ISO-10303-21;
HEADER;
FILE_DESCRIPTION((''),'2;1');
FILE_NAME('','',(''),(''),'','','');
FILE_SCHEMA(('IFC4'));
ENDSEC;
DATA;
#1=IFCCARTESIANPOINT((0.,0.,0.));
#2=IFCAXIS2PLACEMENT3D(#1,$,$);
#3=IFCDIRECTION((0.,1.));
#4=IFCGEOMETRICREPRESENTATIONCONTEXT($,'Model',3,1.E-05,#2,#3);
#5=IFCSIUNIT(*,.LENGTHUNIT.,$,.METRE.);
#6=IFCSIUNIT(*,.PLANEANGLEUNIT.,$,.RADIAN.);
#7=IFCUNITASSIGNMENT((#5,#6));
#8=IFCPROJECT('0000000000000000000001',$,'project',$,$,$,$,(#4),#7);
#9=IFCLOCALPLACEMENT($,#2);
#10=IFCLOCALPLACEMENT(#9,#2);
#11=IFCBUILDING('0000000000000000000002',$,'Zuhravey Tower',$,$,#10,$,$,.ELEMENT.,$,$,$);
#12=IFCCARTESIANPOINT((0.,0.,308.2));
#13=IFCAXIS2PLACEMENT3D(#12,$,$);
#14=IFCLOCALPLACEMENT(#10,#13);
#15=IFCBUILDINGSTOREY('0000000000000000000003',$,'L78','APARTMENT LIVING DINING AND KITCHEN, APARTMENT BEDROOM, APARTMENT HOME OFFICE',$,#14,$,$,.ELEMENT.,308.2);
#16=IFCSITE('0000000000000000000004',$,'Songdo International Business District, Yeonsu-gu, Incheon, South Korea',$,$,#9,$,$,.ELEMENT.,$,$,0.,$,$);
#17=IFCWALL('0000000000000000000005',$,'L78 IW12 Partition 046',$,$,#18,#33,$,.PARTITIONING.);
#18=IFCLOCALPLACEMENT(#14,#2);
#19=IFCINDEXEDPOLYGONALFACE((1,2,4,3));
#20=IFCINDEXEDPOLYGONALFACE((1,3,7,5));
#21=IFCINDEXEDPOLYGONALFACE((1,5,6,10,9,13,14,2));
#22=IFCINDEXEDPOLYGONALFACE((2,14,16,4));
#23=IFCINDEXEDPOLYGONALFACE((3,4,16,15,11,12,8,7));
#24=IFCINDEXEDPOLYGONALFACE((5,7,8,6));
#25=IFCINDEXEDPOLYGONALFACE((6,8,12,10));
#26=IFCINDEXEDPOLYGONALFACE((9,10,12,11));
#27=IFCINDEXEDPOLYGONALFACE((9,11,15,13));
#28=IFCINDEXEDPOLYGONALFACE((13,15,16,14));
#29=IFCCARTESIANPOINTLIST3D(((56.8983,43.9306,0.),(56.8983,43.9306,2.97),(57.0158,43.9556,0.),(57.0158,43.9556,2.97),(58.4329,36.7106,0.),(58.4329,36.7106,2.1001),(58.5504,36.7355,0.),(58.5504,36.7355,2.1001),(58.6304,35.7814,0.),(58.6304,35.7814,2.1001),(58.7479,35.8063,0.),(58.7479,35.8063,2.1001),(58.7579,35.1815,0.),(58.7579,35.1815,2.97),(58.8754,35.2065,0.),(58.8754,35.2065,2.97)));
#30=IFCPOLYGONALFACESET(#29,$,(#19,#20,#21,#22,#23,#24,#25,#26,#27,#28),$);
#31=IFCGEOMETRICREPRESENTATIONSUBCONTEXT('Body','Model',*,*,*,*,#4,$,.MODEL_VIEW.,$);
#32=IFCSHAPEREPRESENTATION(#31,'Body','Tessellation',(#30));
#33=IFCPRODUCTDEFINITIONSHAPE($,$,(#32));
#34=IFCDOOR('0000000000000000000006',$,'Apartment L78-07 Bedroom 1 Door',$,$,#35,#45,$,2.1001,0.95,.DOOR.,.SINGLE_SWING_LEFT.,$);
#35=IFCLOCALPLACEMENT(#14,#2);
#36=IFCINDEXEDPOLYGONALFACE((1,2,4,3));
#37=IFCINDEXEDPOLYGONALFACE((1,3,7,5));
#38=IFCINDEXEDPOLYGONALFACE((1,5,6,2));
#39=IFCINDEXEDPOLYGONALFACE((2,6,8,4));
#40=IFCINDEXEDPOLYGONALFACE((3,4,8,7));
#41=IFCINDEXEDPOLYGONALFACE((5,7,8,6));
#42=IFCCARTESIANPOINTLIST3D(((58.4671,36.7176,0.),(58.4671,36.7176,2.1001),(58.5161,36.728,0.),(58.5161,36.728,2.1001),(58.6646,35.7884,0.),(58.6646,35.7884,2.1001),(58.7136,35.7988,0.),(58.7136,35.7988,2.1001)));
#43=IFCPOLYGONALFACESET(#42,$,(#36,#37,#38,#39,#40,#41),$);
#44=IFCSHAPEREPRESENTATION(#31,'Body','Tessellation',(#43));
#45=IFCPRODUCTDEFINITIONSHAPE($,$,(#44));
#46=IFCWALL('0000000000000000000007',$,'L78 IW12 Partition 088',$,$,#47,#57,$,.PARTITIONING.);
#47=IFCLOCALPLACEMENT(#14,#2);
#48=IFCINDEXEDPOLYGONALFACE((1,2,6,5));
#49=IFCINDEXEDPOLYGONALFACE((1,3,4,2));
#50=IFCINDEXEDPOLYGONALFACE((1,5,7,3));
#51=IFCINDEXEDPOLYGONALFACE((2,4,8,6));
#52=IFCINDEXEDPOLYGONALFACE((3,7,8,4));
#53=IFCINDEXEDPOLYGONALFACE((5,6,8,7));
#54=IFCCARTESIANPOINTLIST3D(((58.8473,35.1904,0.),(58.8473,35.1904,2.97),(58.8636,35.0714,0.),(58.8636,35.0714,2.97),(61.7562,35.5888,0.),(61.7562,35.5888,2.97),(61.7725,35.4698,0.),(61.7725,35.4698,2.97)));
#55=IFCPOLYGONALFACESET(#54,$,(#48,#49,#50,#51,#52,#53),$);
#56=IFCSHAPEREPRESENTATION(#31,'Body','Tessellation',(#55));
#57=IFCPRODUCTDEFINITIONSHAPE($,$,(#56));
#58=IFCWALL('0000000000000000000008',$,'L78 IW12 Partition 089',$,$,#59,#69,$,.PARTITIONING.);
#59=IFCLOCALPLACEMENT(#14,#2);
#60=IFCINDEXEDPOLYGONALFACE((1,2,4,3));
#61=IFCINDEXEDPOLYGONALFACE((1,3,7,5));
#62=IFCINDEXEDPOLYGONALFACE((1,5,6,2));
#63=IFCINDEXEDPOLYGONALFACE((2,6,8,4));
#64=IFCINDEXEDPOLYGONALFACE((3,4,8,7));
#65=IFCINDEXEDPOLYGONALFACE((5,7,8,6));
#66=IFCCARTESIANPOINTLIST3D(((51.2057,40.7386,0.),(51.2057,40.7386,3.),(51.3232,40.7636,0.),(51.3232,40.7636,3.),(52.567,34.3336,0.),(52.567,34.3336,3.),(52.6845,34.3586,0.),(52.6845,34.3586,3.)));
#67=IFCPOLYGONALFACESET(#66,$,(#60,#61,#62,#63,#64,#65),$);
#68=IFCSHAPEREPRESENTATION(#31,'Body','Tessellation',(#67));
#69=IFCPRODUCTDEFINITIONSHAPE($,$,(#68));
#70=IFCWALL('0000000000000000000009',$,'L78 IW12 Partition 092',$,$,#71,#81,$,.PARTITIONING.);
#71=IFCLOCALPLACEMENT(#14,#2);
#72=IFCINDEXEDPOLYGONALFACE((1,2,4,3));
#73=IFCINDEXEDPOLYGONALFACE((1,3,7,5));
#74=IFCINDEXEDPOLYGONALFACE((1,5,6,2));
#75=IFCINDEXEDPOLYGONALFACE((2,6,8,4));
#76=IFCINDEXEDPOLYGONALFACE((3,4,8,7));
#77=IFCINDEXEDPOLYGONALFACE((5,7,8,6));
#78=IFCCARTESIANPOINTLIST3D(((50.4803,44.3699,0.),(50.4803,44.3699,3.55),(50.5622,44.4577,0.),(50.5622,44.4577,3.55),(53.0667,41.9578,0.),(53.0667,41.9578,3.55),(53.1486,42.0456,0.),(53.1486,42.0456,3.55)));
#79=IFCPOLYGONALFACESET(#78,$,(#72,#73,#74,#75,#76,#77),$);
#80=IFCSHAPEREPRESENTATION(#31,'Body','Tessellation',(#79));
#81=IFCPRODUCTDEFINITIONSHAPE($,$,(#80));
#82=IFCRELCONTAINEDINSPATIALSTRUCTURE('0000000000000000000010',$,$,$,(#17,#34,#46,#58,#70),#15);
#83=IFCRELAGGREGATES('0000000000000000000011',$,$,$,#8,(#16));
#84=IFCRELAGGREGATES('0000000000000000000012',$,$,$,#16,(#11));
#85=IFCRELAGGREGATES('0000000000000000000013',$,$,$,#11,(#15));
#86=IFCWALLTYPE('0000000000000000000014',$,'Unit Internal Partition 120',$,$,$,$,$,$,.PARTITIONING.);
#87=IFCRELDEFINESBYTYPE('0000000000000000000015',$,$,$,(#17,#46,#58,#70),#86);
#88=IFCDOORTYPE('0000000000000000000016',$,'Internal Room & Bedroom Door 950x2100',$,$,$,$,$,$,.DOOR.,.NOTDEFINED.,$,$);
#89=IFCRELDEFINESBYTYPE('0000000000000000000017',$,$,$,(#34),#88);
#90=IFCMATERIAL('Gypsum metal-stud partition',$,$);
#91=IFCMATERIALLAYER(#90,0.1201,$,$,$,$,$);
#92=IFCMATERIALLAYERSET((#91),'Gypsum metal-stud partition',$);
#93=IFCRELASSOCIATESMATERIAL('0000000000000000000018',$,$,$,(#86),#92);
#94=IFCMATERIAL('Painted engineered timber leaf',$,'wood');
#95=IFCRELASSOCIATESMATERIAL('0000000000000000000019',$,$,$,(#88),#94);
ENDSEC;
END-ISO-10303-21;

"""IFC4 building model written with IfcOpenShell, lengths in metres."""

from ifc_helpers import new_model, si_unit, direction, frame, frame_2d, origin, place, context, subcontext, project, spatial, rectangle, extrude, material, layer, layer_set, type_object, element, fill, save


model = new_model("IFC4")

# Units and contexts
model_context = context("Model", 3, precision=1e-05, world=origin(), true_north=direction((0.0, 1.0)))
body_context = subcontext(model_context, "Body", "Model", "MODEL_VIEW")
ifc_project = project(units=[si_unit("LENGTHUNIT", "METRE"), si_unit("PLANEANGLEUNIT", "RADIAN")], contexts=[model_context])

# Site, building, storey
site_placement = place(None, origin())
site = spatial("IfcSite", under=ifc_project, at=site_placement, Name="Songdo International Business District, Yeonsu-gu, Incheon, South Korea", CompositionType="ELEMENT", RefElevation=0.0)
building_placement = place(site_placement, origin())
building = spatial("IfcBuilding", under=site, at=building_placement, Name="Zuhravey Tower", CompositionType="ELEMENT")
storey_placement = place(building_placement, frame((0.0, 0.0, 308.2)))
storey = spatial("IfcBuildingStorey", under=building, at=storey_placement, Name="L78", Description="APARTMENT LIVING DINING AND KITCHEN, APARTMENT BEDROOM, APARTMENT HOME OFFICE", CompositionType="ELEMENT", Elevation=308.2)

# Wall, opening, door
ifc_material_1 = material(Name="Gypsum metal-stud partition")
ifc_layer_1 = layer(ifc_material_1, 0.1201)
ifc_layer_set_1 = layer_set([ifc_layer_1], Name="Gypsum metal-stud partition")
wall_type_1 = type_object("IfcWallType", Name="Unit Internal Partition 120", PredefinedType="PARTITIONING", material=ifc_layer_set_1)
ifc_material_2 = material(Name="Painted engineered timber leaf", Category="wood")
door_type_1 = type_object("IfcDoorType", Name="Internal Room & Bedroom Door 950x2100", OperationType="NOTDEFINED", PredefinedType="DOOR", material=ifc_material_2)
wall_1_placement = place(storey_placement, frame((58.8167, 35.1941, 0.0), z_axis=(0.0, 0.0, 1.0), x_axis=(-0.207907, 0.978149, 0.0)))
wall_1 = element("IfcWall", 1, at=wall_1_placement, inside=storey, type_object=wall_type_1, Name="L78 IW12 Partition 046", PredefinedType="PARTITIONING", context=body_context, shape_type="SweptSolid", body=[
    extrude(rectangle(XDim=8.9446, YDim=0.1201, at=frame_2d((4.4722, 0.0))), origin(), (0.0, 0.0, 1.0), 2.97),
])
opening_1_placement = place(wall_1_placement, frame((0.613, 0.0, 0.0)))
opening_1 = element("IfcOpeningElement", 2, at=opening_1_placement, cuts=wall_1, PredefinedType="OPENING", context=body_context, shape_type="SweptSolid", body=[
    extrude(rectangle(XDim=0.95, YDim=2.1001, at=frame_2d((0.4751, 1.05))), frame((0.0, 0.072, 0.0), z_axis=(0.0, -1.0, 0.0), x_axis=(1.0, 0.0, 0.0)), (0.0, 0.0, 1.0), 0.144),
])
door_1_placement = place(opening_1_placement, frame((0.95, 0.0, 0.0), z_axis=(0.0, 0.0, 1.0), x_axis=(-1.0, 0.0, 0.0)))
door_1 = element("IfcDoor", 3, at=door_1_placement, inside=storey, type_object=door_type_1, Name="Apartment L78-07 Bedroom 1 Door", OperationType="SINGLE_SWING_LEFT", OverallHeight=2.1001, OverallWidth=0.95, PredefinedType="DOOR", context=body_context, shape_type="SweptSolid", body=[
    extrude(rectangle(XDim=0.95, YDim=2.1001, at=frame_2d((0.4751, 1.05))), frame((0.0, 0.0249, 0.0), z_axis=(0.0, -1.0, 0.0), x_axis=(1.0, 0.0, 0.0)), (0.0, 0.0, 1.0), 0.05),
])
fill(opening_1, door_1)

# Walls
wall_2_placement = place(storey_placement, frame((58.8555, 35.1309, 0.0), z_axis=(0.0, 0.0, 1.0), x_axis=(0.99075, 0.135703, 0.0)))
element("IfcWall", 4, at=wall_2_placement, inside=storey, type_object=wall_type_1, Name="L78 IW12 Partition 088", PredefinedType="PARTITIONING", context=body_context, shape_type="SweptSolid", body=[
    extrude(rectangle(XDim=2.936, YDim=0.1201, at=frame_2d((1.468, 0.0))), origin(), (0.0, 0.0, 1.0), 2.97),
])
wall_3_placement = place(storey_placement, frame((52.6257, 34.3462, 0.0), z_axis=(0.0, 0.0, 1.0), x_axis=(-0.207897, 0.978151, 0.0)))
element("IfcWall", 5, at=wall_3_placement, inside=storey, type_object=wall_type_1, Name="L78 IW12 Partition 089", PredefinedType="PARTITIONING", context=body_context, shape_type="SweptSolid", body=[
    extrude(rectangle(XDim=6.5481, YDim=0.1201, at=frame_2d((3.2739, 0.0))), origin(), (0.0, 0.0, 1.0), 3.0),
])
wall_4_placement = place(storey_placement, frame((53.1077, 42.0017, 0.0), z_axis=(0.0, 0.0, 1.0), x_axis=(-0.731322, 0.682033, 0.0)))
element("IfcWall", 6, at=wall_4_placement, inside=storey, type_object=wall_type_1, Name="L78 IW12 Partition 092", PredefinedType="PARTITIONING", context=body_context, shape_type="SweptSolid", body=[
    extrude(rectangle(XDim=3.5366, YDim=0.1201, at=frame_2d((1.7683, 0.0))), origin(), (0.0, 0.0, 1.0), 3.55),
])

save(model, "model.ifc")
